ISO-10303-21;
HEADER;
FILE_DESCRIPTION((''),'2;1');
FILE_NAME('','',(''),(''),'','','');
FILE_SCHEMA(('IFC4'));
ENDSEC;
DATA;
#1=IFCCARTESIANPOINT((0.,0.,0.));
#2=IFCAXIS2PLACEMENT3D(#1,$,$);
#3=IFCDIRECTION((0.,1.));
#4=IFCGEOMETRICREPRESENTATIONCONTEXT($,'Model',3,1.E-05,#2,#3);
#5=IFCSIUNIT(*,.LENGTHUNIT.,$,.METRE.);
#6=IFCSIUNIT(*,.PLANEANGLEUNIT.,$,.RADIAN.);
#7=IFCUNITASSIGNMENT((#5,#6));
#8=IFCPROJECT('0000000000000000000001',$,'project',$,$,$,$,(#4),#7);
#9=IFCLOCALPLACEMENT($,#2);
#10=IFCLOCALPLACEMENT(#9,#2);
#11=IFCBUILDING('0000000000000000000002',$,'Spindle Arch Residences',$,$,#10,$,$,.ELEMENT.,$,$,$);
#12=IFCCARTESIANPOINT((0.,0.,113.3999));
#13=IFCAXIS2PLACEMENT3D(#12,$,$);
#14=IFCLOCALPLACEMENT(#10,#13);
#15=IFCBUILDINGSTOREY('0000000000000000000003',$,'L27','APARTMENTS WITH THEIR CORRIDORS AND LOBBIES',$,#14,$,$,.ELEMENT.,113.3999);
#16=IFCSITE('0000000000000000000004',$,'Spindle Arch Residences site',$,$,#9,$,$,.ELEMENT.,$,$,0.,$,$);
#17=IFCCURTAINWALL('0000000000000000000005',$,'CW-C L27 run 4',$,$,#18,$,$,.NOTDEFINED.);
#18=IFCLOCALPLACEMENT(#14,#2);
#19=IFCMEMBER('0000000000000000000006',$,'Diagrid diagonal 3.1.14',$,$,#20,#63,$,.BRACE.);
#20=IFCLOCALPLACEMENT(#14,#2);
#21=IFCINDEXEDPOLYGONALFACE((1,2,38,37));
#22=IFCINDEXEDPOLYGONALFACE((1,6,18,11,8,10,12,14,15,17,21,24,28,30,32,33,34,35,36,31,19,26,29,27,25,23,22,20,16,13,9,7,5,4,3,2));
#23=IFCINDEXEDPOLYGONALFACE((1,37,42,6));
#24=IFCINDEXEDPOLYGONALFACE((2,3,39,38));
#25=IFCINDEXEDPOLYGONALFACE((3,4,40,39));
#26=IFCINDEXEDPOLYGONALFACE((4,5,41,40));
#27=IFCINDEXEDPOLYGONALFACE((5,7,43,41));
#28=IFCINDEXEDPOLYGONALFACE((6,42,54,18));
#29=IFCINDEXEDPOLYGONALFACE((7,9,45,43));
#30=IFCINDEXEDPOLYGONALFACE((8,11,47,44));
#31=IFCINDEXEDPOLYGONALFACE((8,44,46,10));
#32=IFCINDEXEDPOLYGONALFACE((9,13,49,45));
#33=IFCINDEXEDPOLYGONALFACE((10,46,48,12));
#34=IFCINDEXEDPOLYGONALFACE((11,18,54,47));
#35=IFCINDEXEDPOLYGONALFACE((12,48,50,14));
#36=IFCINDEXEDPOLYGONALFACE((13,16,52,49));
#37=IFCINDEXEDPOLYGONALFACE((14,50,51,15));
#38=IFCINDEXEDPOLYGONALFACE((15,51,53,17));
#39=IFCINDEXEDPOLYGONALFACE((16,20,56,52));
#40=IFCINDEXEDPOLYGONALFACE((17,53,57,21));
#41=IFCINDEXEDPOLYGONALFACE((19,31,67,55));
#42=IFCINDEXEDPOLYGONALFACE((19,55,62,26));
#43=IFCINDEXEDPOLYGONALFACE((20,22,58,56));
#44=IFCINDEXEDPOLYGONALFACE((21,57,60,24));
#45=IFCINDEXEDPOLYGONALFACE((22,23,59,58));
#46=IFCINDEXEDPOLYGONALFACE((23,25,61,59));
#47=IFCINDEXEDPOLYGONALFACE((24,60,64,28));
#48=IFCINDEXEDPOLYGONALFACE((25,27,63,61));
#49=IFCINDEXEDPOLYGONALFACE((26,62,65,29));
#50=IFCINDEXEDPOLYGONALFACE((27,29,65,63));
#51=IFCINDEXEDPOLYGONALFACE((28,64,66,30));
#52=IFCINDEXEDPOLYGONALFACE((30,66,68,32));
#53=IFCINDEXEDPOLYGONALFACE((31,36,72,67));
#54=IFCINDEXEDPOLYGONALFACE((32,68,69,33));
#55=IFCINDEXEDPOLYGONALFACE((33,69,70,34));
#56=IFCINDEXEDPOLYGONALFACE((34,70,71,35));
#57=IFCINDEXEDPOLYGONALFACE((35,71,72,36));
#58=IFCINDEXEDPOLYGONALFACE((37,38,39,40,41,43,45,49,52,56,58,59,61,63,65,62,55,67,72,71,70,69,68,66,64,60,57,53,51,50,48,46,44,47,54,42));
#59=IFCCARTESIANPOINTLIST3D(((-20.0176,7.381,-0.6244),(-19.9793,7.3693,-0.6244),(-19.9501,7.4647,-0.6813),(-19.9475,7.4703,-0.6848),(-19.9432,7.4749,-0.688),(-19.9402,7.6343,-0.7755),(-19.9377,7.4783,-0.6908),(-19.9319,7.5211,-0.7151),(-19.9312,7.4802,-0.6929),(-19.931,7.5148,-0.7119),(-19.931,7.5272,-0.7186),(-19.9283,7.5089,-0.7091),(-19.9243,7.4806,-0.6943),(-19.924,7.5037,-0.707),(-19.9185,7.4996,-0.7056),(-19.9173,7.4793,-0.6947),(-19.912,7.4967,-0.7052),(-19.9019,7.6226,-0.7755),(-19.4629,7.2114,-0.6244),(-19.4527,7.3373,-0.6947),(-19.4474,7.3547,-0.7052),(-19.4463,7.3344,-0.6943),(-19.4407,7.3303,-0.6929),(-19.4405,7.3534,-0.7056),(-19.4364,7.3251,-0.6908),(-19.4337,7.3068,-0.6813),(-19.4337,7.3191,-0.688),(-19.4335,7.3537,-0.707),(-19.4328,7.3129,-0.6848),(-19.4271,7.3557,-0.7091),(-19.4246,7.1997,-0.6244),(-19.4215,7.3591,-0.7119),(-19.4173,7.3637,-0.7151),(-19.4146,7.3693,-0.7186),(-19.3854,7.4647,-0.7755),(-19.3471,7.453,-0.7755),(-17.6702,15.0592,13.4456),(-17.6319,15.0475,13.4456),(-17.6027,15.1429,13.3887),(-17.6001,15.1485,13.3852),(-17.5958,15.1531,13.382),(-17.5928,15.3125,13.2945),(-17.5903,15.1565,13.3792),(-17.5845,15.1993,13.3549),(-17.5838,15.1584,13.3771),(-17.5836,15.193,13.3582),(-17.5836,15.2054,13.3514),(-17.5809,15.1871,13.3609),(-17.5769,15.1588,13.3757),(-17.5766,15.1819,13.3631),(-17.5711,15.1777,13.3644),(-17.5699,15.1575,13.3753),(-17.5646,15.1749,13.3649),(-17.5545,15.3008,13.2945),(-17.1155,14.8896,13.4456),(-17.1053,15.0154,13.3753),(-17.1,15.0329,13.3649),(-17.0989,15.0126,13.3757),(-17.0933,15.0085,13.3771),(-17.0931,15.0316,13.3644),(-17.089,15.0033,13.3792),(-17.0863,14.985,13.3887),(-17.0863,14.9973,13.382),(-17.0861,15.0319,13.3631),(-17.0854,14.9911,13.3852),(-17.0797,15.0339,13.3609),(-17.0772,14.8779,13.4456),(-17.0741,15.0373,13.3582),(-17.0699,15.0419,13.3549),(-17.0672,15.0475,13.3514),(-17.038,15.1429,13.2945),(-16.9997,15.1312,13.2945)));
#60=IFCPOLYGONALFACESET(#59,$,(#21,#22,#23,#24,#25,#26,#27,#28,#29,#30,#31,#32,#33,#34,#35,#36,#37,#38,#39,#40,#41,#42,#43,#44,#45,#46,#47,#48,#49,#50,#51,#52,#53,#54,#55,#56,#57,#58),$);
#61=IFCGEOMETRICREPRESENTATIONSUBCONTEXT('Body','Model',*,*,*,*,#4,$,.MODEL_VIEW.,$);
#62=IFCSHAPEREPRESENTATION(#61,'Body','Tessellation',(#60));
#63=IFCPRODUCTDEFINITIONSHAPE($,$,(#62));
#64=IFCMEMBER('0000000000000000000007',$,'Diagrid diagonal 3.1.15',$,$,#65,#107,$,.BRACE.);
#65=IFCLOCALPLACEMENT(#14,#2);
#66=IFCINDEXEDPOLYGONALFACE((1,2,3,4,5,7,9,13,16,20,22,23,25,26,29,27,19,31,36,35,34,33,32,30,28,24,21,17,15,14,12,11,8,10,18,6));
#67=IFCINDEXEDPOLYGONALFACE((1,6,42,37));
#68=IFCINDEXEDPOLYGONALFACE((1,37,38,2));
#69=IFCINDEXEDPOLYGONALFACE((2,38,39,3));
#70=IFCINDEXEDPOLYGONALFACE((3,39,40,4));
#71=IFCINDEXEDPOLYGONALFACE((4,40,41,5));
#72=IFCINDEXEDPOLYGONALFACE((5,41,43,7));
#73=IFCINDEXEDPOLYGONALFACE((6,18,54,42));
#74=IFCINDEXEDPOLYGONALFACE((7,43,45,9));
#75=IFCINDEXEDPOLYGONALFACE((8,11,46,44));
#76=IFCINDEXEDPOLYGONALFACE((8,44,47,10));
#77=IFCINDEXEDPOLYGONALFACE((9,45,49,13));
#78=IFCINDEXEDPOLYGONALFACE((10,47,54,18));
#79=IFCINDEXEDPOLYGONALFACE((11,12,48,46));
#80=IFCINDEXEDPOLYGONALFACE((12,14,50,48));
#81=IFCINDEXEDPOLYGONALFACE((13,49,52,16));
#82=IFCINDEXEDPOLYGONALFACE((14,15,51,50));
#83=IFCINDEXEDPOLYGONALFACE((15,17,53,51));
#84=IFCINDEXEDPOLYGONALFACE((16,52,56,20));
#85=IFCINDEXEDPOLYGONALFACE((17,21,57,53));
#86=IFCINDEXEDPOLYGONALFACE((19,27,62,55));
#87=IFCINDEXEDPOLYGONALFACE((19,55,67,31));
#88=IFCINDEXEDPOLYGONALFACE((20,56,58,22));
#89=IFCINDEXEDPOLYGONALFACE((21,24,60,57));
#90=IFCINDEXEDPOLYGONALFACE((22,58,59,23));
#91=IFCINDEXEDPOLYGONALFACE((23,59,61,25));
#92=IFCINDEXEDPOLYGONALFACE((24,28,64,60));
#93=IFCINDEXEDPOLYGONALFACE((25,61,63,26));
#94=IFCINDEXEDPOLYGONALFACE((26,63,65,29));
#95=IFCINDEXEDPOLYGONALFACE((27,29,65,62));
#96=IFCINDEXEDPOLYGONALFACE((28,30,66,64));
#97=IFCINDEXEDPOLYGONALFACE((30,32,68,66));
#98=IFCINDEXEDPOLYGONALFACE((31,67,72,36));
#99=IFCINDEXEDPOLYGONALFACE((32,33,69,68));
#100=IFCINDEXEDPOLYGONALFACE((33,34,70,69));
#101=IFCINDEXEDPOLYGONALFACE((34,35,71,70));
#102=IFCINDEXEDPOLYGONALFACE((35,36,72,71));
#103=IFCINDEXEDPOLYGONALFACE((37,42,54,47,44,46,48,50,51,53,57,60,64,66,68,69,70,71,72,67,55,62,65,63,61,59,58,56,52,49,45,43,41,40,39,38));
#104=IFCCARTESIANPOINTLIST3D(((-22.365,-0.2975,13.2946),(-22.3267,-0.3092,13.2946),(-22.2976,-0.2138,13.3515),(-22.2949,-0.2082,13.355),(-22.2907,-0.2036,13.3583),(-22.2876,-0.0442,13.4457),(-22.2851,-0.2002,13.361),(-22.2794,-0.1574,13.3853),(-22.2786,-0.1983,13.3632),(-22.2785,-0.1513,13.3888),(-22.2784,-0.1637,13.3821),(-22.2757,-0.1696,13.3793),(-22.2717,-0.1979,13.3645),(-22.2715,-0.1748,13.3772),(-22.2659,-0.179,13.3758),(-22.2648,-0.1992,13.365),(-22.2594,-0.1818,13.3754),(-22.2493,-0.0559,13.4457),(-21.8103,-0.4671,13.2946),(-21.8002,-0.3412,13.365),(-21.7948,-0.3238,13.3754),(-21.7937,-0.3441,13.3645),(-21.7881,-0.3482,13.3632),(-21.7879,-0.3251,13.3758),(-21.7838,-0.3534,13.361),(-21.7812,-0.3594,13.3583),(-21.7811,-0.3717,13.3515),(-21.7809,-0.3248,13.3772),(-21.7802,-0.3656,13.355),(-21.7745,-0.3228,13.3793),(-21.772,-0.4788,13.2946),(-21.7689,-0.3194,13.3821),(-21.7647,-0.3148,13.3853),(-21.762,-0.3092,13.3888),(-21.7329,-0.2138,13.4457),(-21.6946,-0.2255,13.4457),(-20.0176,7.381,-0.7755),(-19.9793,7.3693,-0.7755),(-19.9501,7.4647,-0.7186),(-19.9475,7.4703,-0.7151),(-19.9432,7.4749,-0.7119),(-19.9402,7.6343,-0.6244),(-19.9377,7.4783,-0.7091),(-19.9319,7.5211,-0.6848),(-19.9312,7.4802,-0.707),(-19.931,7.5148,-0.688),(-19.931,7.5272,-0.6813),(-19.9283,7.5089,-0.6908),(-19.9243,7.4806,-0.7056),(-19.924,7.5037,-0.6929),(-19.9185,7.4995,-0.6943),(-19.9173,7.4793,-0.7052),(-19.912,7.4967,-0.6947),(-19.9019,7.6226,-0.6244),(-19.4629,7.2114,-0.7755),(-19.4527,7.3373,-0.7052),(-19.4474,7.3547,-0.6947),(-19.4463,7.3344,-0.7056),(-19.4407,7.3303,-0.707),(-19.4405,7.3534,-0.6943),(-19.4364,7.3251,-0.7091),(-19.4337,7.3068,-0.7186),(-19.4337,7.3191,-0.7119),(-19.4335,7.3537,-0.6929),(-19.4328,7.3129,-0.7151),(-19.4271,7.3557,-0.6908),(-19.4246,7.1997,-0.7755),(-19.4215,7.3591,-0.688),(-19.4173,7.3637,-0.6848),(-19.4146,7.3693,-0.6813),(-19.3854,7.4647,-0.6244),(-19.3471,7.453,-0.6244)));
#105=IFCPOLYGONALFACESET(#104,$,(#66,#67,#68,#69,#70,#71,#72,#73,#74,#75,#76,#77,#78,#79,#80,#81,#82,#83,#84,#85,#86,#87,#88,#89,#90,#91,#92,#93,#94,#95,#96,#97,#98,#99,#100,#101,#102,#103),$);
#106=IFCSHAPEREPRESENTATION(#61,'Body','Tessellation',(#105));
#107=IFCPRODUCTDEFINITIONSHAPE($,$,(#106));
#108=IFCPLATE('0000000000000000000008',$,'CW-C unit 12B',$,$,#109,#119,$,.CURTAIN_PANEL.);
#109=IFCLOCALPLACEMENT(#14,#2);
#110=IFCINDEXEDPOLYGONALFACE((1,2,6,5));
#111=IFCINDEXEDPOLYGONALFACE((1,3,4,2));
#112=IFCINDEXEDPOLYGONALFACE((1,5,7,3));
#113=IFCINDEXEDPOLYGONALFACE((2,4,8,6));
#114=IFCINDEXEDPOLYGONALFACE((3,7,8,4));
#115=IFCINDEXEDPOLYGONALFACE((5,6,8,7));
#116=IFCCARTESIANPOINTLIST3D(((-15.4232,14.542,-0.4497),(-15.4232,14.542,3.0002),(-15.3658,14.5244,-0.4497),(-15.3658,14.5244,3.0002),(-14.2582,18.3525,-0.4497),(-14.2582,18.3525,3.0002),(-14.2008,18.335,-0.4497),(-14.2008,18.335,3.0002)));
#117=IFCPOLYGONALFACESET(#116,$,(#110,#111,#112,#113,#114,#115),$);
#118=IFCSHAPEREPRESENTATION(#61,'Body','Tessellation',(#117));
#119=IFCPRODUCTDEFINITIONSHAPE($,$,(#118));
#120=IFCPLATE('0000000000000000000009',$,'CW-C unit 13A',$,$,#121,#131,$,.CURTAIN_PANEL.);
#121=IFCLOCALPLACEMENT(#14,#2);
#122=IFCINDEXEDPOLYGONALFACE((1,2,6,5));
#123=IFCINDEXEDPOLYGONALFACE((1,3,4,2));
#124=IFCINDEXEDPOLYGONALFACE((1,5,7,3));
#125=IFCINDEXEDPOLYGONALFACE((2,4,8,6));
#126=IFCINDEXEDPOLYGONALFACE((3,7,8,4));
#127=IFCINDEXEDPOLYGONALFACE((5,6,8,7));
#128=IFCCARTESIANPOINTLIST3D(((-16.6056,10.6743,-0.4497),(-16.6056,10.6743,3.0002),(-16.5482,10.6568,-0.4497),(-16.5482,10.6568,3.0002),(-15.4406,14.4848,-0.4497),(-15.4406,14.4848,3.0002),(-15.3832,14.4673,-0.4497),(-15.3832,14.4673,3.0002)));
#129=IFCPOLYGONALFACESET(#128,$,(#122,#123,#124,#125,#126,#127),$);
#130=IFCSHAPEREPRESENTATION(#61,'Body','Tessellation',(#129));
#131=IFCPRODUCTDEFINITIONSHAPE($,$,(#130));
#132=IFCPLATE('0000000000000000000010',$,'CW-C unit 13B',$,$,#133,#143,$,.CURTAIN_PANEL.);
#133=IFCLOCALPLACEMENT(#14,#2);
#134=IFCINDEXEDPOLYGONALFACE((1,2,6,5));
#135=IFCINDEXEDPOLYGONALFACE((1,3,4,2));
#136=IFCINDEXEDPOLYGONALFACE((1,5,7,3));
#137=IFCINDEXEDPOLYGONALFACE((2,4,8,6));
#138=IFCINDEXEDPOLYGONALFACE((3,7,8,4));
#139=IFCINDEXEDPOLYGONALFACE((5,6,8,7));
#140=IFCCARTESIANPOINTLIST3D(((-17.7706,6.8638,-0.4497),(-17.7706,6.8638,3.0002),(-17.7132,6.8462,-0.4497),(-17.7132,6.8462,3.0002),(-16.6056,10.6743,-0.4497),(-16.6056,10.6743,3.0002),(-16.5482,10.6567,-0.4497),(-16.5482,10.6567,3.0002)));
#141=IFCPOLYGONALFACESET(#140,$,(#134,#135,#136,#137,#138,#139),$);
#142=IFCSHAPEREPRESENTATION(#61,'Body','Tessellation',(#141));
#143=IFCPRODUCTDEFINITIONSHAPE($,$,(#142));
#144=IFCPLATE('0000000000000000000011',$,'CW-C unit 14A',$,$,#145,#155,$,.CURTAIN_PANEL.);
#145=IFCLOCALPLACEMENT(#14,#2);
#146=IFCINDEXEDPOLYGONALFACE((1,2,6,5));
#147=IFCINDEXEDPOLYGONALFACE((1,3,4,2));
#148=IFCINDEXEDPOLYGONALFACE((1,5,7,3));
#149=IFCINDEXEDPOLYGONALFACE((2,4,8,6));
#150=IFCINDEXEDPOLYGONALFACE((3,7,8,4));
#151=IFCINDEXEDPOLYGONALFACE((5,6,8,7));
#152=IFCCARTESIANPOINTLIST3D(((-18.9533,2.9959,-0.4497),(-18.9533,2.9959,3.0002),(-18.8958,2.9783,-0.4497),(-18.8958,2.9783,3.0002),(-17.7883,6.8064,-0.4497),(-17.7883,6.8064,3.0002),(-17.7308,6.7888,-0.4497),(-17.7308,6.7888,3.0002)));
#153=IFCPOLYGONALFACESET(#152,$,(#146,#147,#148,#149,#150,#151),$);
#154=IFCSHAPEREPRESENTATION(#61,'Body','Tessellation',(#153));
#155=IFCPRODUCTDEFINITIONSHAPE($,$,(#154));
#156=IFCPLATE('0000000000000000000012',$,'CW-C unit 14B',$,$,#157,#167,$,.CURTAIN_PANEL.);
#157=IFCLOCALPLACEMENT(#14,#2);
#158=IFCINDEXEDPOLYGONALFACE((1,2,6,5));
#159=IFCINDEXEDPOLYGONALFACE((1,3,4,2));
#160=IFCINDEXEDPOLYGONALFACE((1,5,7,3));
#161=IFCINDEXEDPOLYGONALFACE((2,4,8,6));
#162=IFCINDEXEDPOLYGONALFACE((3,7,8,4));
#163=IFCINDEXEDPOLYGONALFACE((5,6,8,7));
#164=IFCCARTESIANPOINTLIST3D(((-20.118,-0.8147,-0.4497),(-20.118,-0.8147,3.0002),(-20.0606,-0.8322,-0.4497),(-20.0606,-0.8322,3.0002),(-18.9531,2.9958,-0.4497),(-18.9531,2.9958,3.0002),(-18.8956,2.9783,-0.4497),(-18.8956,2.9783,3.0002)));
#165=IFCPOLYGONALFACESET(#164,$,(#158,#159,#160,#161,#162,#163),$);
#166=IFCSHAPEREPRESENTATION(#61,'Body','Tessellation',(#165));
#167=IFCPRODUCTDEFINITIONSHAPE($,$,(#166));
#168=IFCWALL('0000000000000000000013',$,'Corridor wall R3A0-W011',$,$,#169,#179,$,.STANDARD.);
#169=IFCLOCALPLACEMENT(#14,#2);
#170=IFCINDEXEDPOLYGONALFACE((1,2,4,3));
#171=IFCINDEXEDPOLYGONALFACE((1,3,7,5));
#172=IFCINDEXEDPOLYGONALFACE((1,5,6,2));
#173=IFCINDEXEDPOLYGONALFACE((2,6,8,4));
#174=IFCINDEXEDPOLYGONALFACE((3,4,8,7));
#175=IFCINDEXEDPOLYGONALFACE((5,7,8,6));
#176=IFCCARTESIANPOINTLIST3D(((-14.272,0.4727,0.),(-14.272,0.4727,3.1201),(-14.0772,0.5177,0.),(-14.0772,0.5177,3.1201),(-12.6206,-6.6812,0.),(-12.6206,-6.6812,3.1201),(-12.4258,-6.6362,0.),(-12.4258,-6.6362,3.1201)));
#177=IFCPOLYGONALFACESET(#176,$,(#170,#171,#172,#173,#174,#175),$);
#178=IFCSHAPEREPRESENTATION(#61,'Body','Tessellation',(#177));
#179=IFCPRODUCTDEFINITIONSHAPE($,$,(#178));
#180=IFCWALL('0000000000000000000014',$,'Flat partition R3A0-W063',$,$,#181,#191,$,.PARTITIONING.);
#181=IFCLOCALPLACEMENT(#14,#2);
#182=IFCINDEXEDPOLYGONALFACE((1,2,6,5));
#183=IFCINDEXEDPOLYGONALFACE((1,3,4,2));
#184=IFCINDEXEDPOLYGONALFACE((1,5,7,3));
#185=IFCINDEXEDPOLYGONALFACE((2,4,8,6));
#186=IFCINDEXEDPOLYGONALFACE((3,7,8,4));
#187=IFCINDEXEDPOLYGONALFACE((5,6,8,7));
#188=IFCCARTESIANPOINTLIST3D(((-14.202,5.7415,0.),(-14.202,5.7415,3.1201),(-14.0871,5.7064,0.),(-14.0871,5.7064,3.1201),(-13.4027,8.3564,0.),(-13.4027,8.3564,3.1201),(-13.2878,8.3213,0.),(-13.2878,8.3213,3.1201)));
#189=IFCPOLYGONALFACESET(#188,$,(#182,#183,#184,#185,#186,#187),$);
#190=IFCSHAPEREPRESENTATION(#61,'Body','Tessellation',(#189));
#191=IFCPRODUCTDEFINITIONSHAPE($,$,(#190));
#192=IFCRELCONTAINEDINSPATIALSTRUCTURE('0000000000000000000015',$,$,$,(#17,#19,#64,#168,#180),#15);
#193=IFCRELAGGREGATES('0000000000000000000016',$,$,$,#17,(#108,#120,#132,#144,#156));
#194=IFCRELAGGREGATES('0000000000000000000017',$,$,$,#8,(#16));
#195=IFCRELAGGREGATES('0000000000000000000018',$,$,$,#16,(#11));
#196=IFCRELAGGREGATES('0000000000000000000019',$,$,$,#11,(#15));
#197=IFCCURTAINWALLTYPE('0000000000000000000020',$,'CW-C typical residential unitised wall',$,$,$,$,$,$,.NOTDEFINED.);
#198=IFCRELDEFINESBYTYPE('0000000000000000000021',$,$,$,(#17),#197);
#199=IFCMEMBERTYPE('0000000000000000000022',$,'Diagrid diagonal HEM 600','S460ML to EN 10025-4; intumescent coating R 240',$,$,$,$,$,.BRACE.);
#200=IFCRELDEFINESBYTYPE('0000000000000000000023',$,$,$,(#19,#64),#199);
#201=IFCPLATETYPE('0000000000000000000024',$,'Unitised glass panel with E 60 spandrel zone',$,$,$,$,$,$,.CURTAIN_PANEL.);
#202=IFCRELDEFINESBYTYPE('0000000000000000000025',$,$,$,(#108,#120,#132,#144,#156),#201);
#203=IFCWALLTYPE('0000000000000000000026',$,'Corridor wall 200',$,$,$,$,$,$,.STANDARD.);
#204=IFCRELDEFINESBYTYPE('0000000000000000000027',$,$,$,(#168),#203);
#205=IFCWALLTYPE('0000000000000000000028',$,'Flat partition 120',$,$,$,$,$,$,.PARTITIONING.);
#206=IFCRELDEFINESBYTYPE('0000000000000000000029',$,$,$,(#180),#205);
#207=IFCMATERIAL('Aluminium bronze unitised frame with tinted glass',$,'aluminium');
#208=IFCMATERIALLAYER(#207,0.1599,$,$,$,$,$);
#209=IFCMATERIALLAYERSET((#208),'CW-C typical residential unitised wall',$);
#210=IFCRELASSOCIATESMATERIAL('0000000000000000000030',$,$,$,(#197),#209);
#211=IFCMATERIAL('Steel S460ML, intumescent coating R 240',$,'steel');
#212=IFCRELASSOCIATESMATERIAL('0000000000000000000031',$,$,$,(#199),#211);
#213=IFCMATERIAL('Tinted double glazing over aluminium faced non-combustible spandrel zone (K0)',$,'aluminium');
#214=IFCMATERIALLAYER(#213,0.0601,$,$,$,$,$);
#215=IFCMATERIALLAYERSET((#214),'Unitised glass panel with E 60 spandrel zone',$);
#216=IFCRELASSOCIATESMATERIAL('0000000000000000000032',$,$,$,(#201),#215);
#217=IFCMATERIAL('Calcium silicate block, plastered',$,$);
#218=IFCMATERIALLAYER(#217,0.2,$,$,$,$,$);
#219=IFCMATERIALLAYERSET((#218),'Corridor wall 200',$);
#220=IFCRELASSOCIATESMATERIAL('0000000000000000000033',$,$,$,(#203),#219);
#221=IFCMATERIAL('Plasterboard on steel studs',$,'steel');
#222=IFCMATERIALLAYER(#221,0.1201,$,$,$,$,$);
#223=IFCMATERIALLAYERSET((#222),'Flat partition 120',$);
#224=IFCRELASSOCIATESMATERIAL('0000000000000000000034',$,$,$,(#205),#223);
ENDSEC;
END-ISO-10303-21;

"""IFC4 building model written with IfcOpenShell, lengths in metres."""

from ifc_helpers import new_model, si_unit, direction, frame, frame_2d, origin, origin_2d, place, context, subcontext, project, spatial, rectangle, i_section, extrude, material, layer, layer_set, material_profile, profile_set, type_object, element, aggregate, save


model = new_model("IFC4")

# Units and contexts
model_context = context("Model", 3, precision=1e-05, world=origin(), true_north=direction((0.0, 1.0)))
body_context = subcontext(model_context, "Body", "Model", "MODEL_VIEW")
ifc_project = project(units=[si_unit("LENGTHUNIT", "METRE"), si_unit("PLANEANGLEUNIT", "RADIAN")], contexts=[model_context])

# Site, building, storey
site_placement = place(None, origin())
site = spatial("IfcSite", under=ifc_project, at=site_placement, Name="Spindle Arch Residences site", CompositionType="ELEMENT", RefElevation=0.0)
building_placement = place(site_placement, origin())
building = spatial("IfcBuilding", under=site, at=building_placement, Name="Spindle Arch Residences", CompositionType="ELEMENT")
storey_placement = place(building_placement, frame((0.0, 0.0, 113.3999)))
storey = spatial("IfcBuildingStorey", under=building, at=storey_placement, Name="L27", Description="APARTMENTS WITH THEIR CORRIDORS AND LOBBIES", CompositionType="ELEMENT", Elevation=113.3999)

# Curtain wall
ifc_material_1 = material(Name="Aluminium bronze unitised frame with tinted glass", Category="aluminium")
ifc_layer_1 = layer(ifc_material_1, 0.1599)
ifc_layer_set_1 = layer_set([ifc_layer_1], Name="CW-C typical residential unitised wall")
curtain_wall_type = type_object("IfcCurtainWallType", Name="CW-C typical residential unitised wall", PredefinedType="NOTDEFINED", material=ifc_layer_set_1)
curtain_wall_placement = place(storey_placement, origin())
curtain_wall = element("IfcCurtainWall", 1, at=curtain_wall_placement, inside=storey, type_object=curtain_wall_type, Name="CW-C L27 run 4", PredefinedType="NOTDEFINED")

# Members
ifc_material_2 = material(Name="Steel S460ML, intumescent coating R 240", Category="steel")
ifc_material_profile_1 = material_profile(ifc_material_2, i_section(OverallWidth=0.3049, OverallDepth=0.6201, WebThickness=0.021, FlangeThickness=0.04, FilletRadius=0.0271, at=origin_2d()), Name="HEM 600")
ifc_profile_set_1 = profile_set([ifc_material_profile_1], Name="Steel S460ML, intumescent coating R 240")
member_type_1 = type_object("IfcMemberType", Name="Diagrid diagonal HEM 600", Description="S460ML to EN 10025-4; intumescent coating R 240", PredefinedType="BRACE", material=ifc_profile_set_1)
member_1_placement = place(storey_placement, frame((-19.6824, 7.417, -0.7), z_axis=(0.144904, 0.473971, 0.868536), x_axis=(-0.25393, -0.830586, 0.495627)))
element("IfcMember", 2, at=member_1_placement, inside=storey, type_object=member_type_1, Name="Diagrid diagonal 3.1.14", PredefinedType="BRACE", context=body_context, shape_type="SweptSolid", body=[
    extrude(i_section(OverallWidth=0.3049, OverallDepth=0.6201, WebThickness=0.021, FlangeThickness=0.04, FilletRadius=0.0271, at=origin_2d()), origin(), (0.0, 0.0, 1.0), 16.1997),
])
member_2_placement = place(storey_placement, frame((-19.6824, 7.417, -0.7), z_axis=(-0.144903, -0.473983, 0.868529), x_axis=(0.25392, 0.830583, 0.495638)))
element("IfcMember", 3, at=member_2_placement, inside=storey, type_object=member_type_1, Name="Diagrid diagonal 3.1.15", PredefinedType="BRACE", context=body_context, shape_type="SweptSolid", body=[
    extrude(i_section(OverallWidth=0.3049, OverallDepth=0.6201, WebThickness=0.021, FlangeThickness=0.04, FilletRadius=0.0271, at=origin_2d()), origin(), (0.0, 0.0, 1.0), 16.2),
])

# Plates
ifc_material_3 = material(Name="Tinted double glazing over aluminium faced non-combustible spandrel zone (K0)", Category="aluminium")
ifc_layer_2 = layer(ifc_material_3, 0.0601)
ifc_layer_set_2 = layer_set([ifc_layer_2], Name="Unitised glass panel with E 60 spandrel zone")
plate_type = type_object("IfcPlateType", Name="Unitised glass panel with E 60 spandrel zone", PredefinedType="CURTAIN_PANEL", material=ifc_layer_set_2)
plate_1_placement = place(storey_placement, frame((-14.812, 16.4385, -0.4497), z_axis=(0.0, 0.0, 1.0), x_axis=(-0.292372, -0.956305, 0.0)))
plate_1 = element("IfcPlate", 4, at=plate_1_placement, type_object=plate_type, Name="CW-C unit 12B", PredefinedType="CURTAIN_PANEL", context=body_context, shape_type="SweptSolid", body=[
    extrude(rectangle(XDim=3.9846, YDim=0.0601, at=origin_2d()), origin(), (0.0, 0.0, 1.0), 3.45),
])
plate_2_placement = place(storey_placement, frame((-15.9944, 12.5708, -0.4497), z_axis=(0.0, 0.0, 1.0), x_axis=(-0.292372, -0.956305, 0.0)))
plate_2 = element("IfcPlate", 5, at=plate_2_placement, type_object=plate_type, Name="CW-C unit 13A", PredefinedType="CURTAIN_PANEL", context=body_context, shape_type="SweptSolid", body=[
    extrude(rectangle(XDim=3.9846, YDim=0.0601, at=origin_2d()), origin(), (0.0, 0.0, 1.0), 3.45),
])
plate_3_placement = place(storey_placement, frame((-17.1594, 8.7603, -0.4497), z_axis=(0.0, 0.0, 1.0), x_axis=(-0.292372, -0.956305, 0.0)))
plate_3 = element("IfcPlate", 6, at=plate_3_placement, type_object=plate_type, Name="CW-C unit 13B", PredefinedType="CURTAIN_PANEL", context=body_context, shape_type="SweptSolid", body=[
    extrude(rectangle(XDim=3.9846, YDim=0.0601, at=origin_2d()), origin(), (0.0, 0.0, 1.0), 3.45),
])
plate_4_placement = place(storey_placement, frame((-18.342, 4.8923, -0.4497), z_axis=(0.0, 0.0, 1.0), x_axis=(-0.292372, -0.956305, 0.0)))
plate_4 = element("IfcPlate", 7, at=plate_4_placement, type_object=plate_type, Name="CW-C unit 14A", PredefinedType="CURTAIN_PANEL", context=body_context, shape_type="SweptSolid", body=[
    extrude(rectangle(XDim=3.9846, YDim=0.0601, at=origin_2d()), origin(), (0.0, 0.0, 1.0), 3.45),
])
plate_5_placement = place(storey_placement, frame((-19.5068, 1.0818, -0.4497), z_axis=(0.0, 0.0, 1.0), x_axis=(-0.292372, -0.956305, 0.0)))
plate_5 = element("IfcPlate", 8, at=plate_5_placement, type_object=plate_type, Name="CW-C unit 14B", PredefinedType="CURTAIN_PANEL", context=body_context, shape_type="SweptSolid", body=[
    extrude(rectangle(XDim=3.9846, YDim=0.0601, at=origin_2d()), origin(), (0.0, 0.0, 1.0), 3.45),
])
aggregate(curtain_wall, [plate_1, plate_2, plate_3, plate_4, plate_5])

# Walls
ifc_material_4 = material(Name="Calcium silicate block, plastered")
ifc_layer_3 = layer(ifc_material_4, 0.2)
ifc_layer_set_3 = layer_set([ifc_layer_3], Name="Corridor wall 200")
wall_type_1 = type_object("IfcWallType", Name="Corridor wall 200", PredefinedType="STANDARD", material=ifc_layer_set_3)
wall_1_placement = place(storey_placement, frame((-14.1746, 0.4951, 0.0), z_axis=(0.0, 0.0, 1.0), x_axis=(0.224923, -0.974377, 0.0)))
element("IfcWall", 9, at=wall_1_placement, inside=storey, type_object=wall_type_1, Name="Corridor wall R3A0-W011", PredefinedType="STANDARD", context=body_context, shape_type="SweptSolid", body=[
    extrude(rectangle(XDim=7.342, YDim=0.2, at=frame_2d((3.6709, 0.0))), origin(), (0.0, 0.0, 1.0), 3.1201),
])
ifc_material_5 = material(Name="Plasterboard on steel studs", Category="steel")
ifc_layer_4 = layer(ifc_material_5, 0.1201)
ifc_layer_set_4 = layer_set([ifc_layer_4], Name="Flat partition 120")
wall_type_2 = type_object("IfcWallType", Name="Flat partition 120", PredefinedType="PARTITIONING", material=ifc_layer_set_4)
wall_2_placement = place(storey_placement, frame((-13.3452, 8.3389, 0.0), z_axis=(0.0, 0.0, 1.0), x_axis=(-0.292316, -0.956322, 0.0)))
element("IfcWall", 10, at=wall_2_placement, inside=storey, type_object=wall_type_2, Name="Flat partition R3A0-W063", PredefinedType="PARTITIONING", context=body_context, shape_type="SweptSolid", body=[
    extrude(rectangle(XDim=2.7344, YDim=0.1201, at=frame_2d((1.3672, 0.0))), origin(), (0.0, 0.0, 1.0), 3.1201),
])

save(model, "model.ifc")
